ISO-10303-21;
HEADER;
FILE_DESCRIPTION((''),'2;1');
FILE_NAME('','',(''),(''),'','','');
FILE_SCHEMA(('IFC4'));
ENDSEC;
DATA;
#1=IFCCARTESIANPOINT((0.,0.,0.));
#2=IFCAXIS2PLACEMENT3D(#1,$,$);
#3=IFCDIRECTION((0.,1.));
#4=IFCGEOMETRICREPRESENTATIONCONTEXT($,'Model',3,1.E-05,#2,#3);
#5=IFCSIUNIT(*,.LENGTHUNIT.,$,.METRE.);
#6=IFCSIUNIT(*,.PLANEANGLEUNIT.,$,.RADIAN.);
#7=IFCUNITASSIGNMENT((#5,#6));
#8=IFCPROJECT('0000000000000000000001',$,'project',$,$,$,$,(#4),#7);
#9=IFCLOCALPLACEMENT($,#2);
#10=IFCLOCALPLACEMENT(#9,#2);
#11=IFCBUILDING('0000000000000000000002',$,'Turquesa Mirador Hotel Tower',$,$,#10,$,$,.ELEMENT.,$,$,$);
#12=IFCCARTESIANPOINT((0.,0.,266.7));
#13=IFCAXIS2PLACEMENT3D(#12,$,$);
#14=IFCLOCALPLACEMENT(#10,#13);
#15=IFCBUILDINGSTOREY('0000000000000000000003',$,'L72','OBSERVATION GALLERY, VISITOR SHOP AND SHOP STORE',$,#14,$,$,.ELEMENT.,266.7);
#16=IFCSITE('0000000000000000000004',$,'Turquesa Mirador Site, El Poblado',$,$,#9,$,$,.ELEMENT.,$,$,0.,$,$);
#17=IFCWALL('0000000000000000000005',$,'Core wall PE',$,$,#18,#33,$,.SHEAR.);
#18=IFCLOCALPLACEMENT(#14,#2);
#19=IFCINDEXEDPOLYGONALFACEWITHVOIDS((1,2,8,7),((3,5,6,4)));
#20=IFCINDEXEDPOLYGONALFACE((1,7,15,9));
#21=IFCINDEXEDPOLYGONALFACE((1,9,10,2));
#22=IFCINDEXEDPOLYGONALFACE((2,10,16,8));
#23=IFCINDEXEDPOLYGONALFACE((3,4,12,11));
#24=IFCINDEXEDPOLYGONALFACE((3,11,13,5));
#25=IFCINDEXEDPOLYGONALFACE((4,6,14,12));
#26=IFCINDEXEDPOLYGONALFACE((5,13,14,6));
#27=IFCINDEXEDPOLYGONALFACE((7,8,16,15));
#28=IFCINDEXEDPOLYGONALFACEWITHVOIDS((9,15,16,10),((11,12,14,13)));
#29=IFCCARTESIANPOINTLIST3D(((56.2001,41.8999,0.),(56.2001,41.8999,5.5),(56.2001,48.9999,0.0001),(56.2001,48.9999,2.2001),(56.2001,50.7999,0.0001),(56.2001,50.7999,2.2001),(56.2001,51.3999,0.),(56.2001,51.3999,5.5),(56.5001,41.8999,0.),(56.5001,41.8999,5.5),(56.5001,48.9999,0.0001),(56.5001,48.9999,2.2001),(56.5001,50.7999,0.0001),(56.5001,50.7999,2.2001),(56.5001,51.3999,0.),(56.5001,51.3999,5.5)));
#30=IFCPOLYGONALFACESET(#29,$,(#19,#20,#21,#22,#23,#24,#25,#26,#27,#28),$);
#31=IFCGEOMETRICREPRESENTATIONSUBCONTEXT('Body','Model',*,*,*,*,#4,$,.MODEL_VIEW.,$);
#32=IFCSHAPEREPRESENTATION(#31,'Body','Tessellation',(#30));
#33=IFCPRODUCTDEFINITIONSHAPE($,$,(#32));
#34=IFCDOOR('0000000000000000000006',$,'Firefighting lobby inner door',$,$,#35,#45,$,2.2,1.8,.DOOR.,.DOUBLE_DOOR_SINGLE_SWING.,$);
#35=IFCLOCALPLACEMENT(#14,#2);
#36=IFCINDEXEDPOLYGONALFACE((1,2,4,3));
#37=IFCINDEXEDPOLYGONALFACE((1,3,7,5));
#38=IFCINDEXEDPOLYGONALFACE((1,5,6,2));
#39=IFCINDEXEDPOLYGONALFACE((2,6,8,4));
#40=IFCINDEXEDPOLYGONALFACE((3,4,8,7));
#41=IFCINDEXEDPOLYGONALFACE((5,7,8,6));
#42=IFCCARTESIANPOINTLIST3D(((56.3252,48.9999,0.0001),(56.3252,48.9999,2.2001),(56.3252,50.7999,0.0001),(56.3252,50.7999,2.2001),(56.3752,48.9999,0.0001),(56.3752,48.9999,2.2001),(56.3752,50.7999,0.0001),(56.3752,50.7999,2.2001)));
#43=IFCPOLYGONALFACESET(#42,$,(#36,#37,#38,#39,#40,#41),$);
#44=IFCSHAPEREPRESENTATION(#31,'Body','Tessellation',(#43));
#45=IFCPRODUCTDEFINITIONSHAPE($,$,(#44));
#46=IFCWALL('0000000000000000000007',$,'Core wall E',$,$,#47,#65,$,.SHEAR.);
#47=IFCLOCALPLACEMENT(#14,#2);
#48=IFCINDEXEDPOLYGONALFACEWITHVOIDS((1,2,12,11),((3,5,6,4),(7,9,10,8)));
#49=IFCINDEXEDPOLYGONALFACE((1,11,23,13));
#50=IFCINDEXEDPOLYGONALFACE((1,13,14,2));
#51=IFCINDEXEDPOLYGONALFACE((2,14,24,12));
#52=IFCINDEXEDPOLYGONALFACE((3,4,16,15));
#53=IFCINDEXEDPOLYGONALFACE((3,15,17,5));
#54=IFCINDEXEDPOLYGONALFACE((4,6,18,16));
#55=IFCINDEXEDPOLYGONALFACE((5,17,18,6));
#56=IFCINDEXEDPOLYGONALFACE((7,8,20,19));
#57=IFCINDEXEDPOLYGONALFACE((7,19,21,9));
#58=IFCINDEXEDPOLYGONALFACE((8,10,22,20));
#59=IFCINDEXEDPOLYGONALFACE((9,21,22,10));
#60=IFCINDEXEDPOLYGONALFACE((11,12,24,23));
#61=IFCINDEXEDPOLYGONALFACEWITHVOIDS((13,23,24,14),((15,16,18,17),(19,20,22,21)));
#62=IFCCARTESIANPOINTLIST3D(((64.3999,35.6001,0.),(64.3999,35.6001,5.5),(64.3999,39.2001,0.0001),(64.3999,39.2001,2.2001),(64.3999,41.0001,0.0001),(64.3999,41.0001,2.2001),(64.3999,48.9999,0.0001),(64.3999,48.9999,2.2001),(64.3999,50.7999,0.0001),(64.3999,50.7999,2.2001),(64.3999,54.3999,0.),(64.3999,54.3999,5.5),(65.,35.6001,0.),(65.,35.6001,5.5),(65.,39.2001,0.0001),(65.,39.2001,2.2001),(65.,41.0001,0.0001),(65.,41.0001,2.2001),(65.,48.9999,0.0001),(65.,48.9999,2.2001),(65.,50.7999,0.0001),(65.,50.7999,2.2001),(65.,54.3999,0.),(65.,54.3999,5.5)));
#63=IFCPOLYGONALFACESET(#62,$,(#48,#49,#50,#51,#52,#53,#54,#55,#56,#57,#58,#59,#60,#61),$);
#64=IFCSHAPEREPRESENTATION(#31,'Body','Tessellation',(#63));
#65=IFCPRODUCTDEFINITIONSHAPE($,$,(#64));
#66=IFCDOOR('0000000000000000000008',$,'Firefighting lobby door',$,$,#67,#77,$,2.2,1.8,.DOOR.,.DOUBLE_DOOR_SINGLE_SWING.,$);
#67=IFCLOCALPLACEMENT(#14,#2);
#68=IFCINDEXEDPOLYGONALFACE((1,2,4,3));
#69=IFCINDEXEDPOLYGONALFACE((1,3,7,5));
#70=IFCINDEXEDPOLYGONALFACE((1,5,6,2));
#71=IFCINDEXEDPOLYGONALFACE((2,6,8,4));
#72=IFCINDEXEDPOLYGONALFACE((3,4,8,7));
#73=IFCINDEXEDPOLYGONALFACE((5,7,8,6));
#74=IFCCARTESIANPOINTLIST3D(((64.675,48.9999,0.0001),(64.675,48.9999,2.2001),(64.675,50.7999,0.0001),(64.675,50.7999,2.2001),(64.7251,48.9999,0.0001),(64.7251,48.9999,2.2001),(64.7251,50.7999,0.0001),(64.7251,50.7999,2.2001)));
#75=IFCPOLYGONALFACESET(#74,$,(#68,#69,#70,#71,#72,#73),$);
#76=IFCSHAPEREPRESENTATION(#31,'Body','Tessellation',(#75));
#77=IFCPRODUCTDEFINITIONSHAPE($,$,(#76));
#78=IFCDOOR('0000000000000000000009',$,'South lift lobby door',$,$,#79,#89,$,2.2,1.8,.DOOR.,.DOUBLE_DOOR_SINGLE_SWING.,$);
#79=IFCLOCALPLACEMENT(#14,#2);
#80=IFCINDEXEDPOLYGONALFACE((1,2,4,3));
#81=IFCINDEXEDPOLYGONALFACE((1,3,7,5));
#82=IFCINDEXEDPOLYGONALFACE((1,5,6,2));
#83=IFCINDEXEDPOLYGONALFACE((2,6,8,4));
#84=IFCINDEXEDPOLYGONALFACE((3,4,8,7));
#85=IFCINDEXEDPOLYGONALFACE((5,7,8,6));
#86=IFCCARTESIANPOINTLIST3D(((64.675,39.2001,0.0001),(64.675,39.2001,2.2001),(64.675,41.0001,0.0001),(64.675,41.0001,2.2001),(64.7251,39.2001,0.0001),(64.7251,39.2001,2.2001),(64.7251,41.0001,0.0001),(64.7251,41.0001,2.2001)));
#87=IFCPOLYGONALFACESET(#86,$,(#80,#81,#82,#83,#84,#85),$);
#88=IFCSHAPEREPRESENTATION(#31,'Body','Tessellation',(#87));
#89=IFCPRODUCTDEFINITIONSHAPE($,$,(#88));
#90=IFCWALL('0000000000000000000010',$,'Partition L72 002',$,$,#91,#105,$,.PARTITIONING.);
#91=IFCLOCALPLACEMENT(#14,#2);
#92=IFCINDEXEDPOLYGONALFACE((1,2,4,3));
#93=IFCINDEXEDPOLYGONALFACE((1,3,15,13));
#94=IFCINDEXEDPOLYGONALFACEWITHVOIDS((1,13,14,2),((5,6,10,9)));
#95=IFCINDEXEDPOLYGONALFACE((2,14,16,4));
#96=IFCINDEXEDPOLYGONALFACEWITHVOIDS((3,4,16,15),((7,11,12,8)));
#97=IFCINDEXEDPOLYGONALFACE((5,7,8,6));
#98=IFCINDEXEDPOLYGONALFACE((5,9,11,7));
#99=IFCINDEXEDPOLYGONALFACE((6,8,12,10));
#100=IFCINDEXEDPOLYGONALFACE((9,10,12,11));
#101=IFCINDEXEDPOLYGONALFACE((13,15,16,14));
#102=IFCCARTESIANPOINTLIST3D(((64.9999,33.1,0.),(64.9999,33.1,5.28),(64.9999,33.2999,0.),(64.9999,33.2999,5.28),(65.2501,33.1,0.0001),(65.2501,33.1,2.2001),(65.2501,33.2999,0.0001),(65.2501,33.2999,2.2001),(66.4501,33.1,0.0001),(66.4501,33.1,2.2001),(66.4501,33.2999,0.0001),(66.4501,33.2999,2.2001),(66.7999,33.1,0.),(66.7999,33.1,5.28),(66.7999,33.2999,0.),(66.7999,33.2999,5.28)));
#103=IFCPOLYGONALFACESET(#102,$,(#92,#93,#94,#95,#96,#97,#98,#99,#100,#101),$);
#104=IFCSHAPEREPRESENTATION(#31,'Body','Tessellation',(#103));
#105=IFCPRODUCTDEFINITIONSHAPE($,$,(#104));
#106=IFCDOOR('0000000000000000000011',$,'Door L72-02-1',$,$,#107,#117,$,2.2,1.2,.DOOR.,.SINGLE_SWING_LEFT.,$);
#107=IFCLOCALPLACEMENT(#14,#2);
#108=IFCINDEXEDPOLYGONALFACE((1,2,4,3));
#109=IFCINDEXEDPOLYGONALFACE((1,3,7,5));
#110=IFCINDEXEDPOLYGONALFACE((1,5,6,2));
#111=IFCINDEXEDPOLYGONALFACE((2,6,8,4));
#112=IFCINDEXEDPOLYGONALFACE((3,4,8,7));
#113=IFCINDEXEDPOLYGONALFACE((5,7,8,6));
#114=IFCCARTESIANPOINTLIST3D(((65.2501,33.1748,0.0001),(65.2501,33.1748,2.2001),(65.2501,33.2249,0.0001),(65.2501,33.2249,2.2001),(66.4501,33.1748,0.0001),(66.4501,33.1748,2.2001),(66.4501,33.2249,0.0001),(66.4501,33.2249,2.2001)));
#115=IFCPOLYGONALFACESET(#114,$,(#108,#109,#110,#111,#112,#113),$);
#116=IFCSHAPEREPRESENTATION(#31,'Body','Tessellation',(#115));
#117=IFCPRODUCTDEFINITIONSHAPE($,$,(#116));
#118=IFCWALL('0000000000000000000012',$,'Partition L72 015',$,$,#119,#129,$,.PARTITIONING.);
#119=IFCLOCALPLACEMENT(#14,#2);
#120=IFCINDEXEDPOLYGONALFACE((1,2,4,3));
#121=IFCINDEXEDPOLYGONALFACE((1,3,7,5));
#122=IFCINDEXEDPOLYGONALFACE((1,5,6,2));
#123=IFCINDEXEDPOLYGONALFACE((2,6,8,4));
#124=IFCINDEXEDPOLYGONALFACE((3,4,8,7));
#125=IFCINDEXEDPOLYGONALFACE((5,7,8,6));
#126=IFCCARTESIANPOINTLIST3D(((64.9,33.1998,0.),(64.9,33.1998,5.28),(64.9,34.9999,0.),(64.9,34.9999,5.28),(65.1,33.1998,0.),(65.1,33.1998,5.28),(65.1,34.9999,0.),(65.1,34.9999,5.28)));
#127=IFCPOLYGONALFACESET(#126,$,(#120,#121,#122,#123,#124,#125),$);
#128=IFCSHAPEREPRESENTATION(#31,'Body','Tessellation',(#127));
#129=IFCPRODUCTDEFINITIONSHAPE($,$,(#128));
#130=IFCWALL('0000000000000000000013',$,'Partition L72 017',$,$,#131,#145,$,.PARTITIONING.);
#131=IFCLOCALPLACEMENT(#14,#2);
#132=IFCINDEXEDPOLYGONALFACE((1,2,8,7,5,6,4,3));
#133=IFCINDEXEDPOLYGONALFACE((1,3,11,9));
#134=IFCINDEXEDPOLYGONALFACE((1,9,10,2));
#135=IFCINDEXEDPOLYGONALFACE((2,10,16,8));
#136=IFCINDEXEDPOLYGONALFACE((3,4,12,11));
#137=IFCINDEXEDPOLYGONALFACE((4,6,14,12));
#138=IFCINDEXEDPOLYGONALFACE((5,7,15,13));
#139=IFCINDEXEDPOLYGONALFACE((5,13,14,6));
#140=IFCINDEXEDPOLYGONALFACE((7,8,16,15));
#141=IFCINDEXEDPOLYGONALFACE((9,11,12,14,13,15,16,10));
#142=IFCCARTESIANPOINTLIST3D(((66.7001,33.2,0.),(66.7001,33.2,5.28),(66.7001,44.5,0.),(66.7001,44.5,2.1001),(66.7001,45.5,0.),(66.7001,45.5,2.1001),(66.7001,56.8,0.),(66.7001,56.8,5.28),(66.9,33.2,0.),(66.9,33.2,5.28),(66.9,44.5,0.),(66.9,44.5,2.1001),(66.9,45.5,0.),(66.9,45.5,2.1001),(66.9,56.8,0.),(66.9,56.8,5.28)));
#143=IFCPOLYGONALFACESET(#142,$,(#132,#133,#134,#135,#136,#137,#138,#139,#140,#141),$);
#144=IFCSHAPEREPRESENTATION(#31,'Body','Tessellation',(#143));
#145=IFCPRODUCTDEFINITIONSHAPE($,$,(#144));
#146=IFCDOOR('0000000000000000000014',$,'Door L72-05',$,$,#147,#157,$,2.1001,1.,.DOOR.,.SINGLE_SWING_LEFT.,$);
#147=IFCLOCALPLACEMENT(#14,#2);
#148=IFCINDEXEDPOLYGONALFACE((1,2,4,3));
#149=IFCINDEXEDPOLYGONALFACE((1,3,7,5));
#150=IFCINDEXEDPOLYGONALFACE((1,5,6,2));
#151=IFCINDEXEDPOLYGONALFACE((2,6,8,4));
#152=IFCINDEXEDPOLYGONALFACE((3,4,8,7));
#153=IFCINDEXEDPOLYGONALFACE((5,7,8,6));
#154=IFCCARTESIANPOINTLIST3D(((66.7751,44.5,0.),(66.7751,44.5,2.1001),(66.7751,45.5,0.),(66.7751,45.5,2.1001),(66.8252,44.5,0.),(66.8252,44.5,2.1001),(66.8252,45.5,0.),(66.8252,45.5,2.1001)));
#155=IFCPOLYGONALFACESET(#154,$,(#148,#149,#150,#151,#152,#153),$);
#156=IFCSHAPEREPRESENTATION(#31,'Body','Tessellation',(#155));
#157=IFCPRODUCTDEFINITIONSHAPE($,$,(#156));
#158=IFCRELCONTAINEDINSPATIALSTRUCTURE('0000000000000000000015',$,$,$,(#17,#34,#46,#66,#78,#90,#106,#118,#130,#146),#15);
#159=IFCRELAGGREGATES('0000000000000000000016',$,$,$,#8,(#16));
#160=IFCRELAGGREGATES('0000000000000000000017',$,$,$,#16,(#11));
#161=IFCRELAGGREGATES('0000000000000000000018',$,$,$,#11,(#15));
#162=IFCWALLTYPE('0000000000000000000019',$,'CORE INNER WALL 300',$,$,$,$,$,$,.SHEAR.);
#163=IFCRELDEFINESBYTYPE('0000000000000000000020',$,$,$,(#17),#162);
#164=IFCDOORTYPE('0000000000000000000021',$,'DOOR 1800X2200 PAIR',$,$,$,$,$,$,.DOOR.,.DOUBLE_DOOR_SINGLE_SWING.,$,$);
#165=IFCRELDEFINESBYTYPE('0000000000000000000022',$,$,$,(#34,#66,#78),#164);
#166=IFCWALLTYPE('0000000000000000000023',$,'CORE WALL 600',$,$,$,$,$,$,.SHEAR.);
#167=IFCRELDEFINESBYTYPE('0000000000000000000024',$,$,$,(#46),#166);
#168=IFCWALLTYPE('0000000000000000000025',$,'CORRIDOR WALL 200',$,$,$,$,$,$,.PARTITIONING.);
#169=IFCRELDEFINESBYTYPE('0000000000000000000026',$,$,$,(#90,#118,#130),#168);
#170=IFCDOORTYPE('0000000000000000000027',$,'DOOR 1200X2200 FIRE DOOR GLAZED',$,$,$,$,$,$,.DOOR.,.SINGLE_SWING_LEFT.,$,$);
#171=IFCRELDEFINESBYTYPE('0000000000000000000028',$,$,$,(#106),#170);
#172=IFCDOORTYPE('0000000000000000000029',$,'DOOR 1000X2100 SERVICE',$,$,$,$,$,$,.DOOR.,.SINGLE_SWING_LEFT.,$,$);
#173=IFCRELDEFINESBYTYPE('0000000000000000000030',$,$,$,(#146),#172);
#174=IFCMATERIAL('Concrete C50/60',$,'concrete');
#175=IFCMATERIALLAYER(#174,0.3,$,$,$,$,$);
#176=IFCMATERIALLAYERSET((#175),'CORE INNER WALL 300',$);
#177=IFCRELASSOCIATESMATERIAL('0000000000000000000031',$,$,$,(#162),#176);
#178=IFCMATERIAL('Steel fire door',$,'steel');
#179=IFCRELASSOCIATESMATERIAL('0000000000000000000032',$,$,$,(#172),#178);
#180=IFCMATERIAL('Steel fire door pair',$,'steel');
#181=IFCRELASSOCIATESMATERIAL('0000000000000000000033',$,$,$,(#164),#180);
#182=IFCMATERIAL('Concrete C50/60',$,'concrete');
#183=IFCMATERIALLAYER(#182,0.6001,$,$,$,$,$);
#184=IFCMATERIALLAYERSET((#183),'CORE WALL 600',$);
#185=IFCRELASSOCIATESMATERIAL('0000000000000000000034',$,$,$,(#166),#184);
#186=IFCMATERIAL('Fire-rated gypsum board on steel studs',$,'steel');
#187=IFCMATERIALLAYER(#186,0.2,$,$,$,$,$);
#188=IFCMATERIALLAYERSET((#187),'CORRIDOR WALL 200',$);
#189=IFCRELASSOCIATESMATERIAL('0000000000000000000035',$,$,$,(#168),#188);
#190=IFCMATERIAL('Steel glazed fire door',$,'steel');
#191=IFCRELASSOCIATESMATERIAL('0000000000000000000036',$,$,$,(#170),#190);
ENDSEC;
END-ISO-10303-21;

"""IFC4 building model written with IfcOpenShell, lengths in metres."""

from ifc_helpers import new_model, si_unit, direction, frame, frame_2d, origin, place, context, subcontext, project, spatial, rectangle, extrude, material, layer, layer_set, type_object, element, fill, save


model = new_model("IFC4")

# Units and contexts
model_context = context("Model", 3, precision=1e-05, world=origin(), true_north=direction((0.0, 1.0)))
body_context = subcontext(model_context, "Body", "Model", "MODEL_VIEW")
ifc_project = project(units=[si_unit("LENGTHUNIT", "METRE"), si_unit("PLANEANGLEUNIT", "RADIAN")], contexts=[model_context])

# Site, building, storey
site_placement = place(None, origin())
site = spatial("IfcSite", under=ifc_project, at=site_placement, Name="Turquesa Mirador Site, El Poblado", CompositionType="ELEMENT", RefElevation=0.0)
building_placement = place(site_placement, origin())
building = spatial("IfcBuilding", under=site, at=building_placement, Name="Turquesa Mirador Hotel Tower", CompositionType="ELEMENT")
storey_placement = place(building_placement, frame((0.0, 0.0, 266.7)))
storey = spatial("IfcBuildingStorey", under=building, at=storey_placement, Name="L72", Description="OBSERVATION GALLERY, VISITOR SHOP AND SHOP STORE", CompositionType="ELEMENT", Elevation=266.7)

# Wall, opening, door
ifc_material_1 = material(Name="Concrete C50/60", Category="concrete")
ifc_layer_1 = layer(ifc_material_1, 0.3)
ifc_layer_set_1 = layer_set([ifc_layer_1], Name="CORE INNER WALL 300")
wall_type_1 = type_object("IfcWallType", Name="CORE INNER WALL 300", PredefinedType="SHEAR", material=ifc_layer_set_1)
ifc_material_2 = material(Name="Steel fire door", Category="steel")
door_type_1 = type_object("IfcDoorType", Name="DOOR 1000X2100 SERVICE", OperationType="SINGLE_SWING_LEFT", PredefinedType="DOOR", material=ifc_material_2)
wall_1_placement = place(storey_placement, frame((56.3501, 41.8999, 0.0), z_axis=(0.0, 0.0, 1.0), x_axis=(0.0, 1.0, 0.0)))
wall_1 = element("IfcWall", 1, at=wall_1_placement, inside=storey, type_object=wall_type_1, Name="Core wall PE", PredefinedType="SHEAR", context=body_context, shape_type="SweptSolid", body=[
    extrude(rectangle(XDim=9.5, YDim=0.3, at=frame_2d((4.75, 0.0))), origin(), (0.0, 0.0, 1.0), 5.5),
])
opening_1_placement = place(wall_1_placement, frame((7.1001, 0.0, 0.0)))
opening_1 = element("IfcOpeningElement", 2, at=opening_1_placement, cuts=wall_1, PredefinedType="OPENING", context=body_context, shape_type="SweptSolid", body=[
    extrude(rectangle(XDim=1.8, YDim=2.2, at=frame_2d((0.8999, 1.1001))), frame((0.0, 0.1599, 0.0), z_axis=(0.0, -1.0, 0.0), x_axis=(1.0, 0.0, 0.0)), (0.0, 0.0, 1.0), 0.3201),
])
ifc_material_3 = material(Name="Steel fire door pair", Category="steel")
door_type_2 = type_object("IfcDoorType", Name="DOOR 1800X2200 PAIR", OperationType="DOUBLE_DOOR_SINGLE_SWING", PredefinedType="DOOR", material=ifc_material_3)
door_1_placement = place(opening_1_placement, origin())
door_1 = element("IfcDoor", 3, at=door_1_placement, inside=storey, type_object=door_type_2, Name="Firefighting lobby inner door", OperationType="DOUBLE_DOOR_SINGLE_SWING", OverallHeight=2.2, OverallWidth=1.8, PredefinedType="DOOR", context=body_context, shape_type="SweptSolid", body=[
    extrude(rectangle(XDim=1.8, YDim=2.2, at=frame_2d((0.8999, 1.1001))), frame((0.0, 0.0249, 0.0), z_axis=(0.0, -1.0, 0.0), x_axis=(1.0, 0.0, 0.0)), (0.0, 0.0, 1.0), 0.05),
])
fill(opening_1, door_1)

# Wall, openings, doors
ifc_material_4 = material(Name="Concrete C50/60", Category="concrete")
ifc_layer_2 = layer(ifc_material_4, 0.6001)
ifc_layer_set_2 = layer_set([ifc_layer_2], Name="CORE WALL 600")
wall_type_2 = type_object("IfcWallType", Name="CORE WALL 600", PredefinedType="SHEAR", material=ifc_layer_set_2)
wall_2_placement = place(storey_placement, frame((64.7, 35.6001, 0.0), z_axis=(0.0, 0.0, 1.0), x_axis=(0.0, 1.0, 0.0)))
wall_2 = element("IfcWall", 4, at=wall_2_placement, inside=storey, type_object=wall_type_2, Name="Core wall E", PredefinedType="SHEAR", context=body_context, shape_type="SweptSolid", body=[
    extrude(rectangle(XDim=18.7998, YDim=0.6001, at=frame_2d((9.3999, 0.0))), origin(), (0.0, 0.0, 1.0), 5.5),
])
opening_2_placement = place(wall_2_placement, frame((13.3999, 0.0, 0.0)))
opening_2 = element("IfcOpeningElement", 5, at=opening_2_placement, cuts=wall_2, PredefinedType="OPENING", context=body_context, shape_type="SweptSolid", body=[
    extrude(rectangle(XDim=1.8, YDim=2.2, at=frame_2d((0.8999, 1.1001))), frame((0.0, 0.3101, 0.0), z_axis=(0.0, -1.0, 0.0), x_axis=(1.0, 0.0, 0.0)), (0.0, 0.0, 1.0), 0.6201),
])
opening_3_placement = place(wall_2_placement, frame((3.6001, 0.0, 0.0)))
opening_3 = element("IfcOpeningElement", 6, at=opening_3_placement, cuts=wall_2, PredefinedType="OPENING", context=body_context, shape_type="SweptSolid", body=[
    extrude(rectangle(XDim=1.8, YDim=2.2, at=frame_2d((0.8999, 1.1001))), frame((0.0, 0.3101, 0.0), z_axis=(0.0, -1.0, 0.0), x_axis=(1.0, 0.0, 0.0)), (0.0, 0.0, 1.0), 0.6201),
])
door_2_placement = place(opening_2_placement, origin())
door_2 = element("IfcDoor", 7, at=door_2_placement, inside=storey, type_object=door_type_2, Name="Firefighting lobby door", OperationType="DOUBLE_DOOR_SINGLE_SWING", OverallHeight=2.2, OverallWidth=1.8, PredefinedType="DOOR", context=body_context, shape_type="SweptSolid", body=[
    extrude(rectangle(XDim=1.8, YDim=2.2, at=frame_2d((0.8999, 1.1001))), frame((0.0, 0.0249, 0.0), z_axis=(0.0, -1.0, 0.0), x_axis=(1.0, 0.0, 0.0)), (0.0, 0.0, 1.0), 0.05),
])
fill(opening_2, door_2)
door_3_placement = place(opening_3_placement, origin())
door_3 = element("IfcDoor", 8, at=door_3_placement, inside=storey, type_object=door_type_2, Name="South lift lobby door", OperationType="DOUBLE_DOOR_SINGLE_SWING", OverallHeight=2.2, OverallWidth=1.8, PredefinedType="DOOR", context=body_context, shape_type="SweptSolid", body=[
    extrude(rectangle(XDim=1.8, YDim=2.2, at=frame_2d((0.8999, 1.1001))), frame((0.0, 0.0249, 0.0), z_axis=(0.0, -1.0, 0.0), x_axis=(1.0, 0.0, 0.0)), (0.0, 0.0, 1.0), 0.05),
])
fill(opening_3, door_3)

# Wall, opening, door
ifc_material_5 = material(Name="Fire-rated gypsum board on steel studs", Category="steel")
ifc_layer_3 = layer(ifc_material_5, 0.2)
ifc_layer_set_3 = layer_set([ifc_layer_3], Name="CORRIDOR WALL 200")
wall_type_3 = type_object("IfcWallType", Name="CORRIDOR WALL 200", PredefinedType="PARTITIONING", material=ifc_layer_set_3)
wall_3_placement = place(storey_placement, frame((65.0, 33.2, 0.0), z_axis=(0.0, 0.0, 1.0), x_axis=(1.0, 0.0, 0.0)))
wall_3 = element("IfcWall", 9, at=wall_3_placement, inside=storey, type_object=wall_type_3, Name="Partition L72 002", PredefinedType="PARTITIONING", context=body_context, shape_type="SweptSolid", body=[
    extrude(rectangle(XDim=1.8, YDim=0.2, at=frame_2d((0.8999, 0.0))), origin(), (0.0, 0.0, 1.0), 5.28),
])
opening_4_placement = place(wall_3_placement, frame((0.25, 0.0, 0.0)))
opening_4 = element("IfcOpeningElement", 10, at=opening_4_placement, cuts=wall_3, PredefinedType="OPENING", context=body_context, shape_type="SweptSolid", body=[
    extrude(rectangle(XDim=1.2, YDim=2.2, at=frame_2d((0.6001, 1.1001))), frame((0.0, 0.1099, 0.0), z_axis=(0.0, -1.0, 0.0), x_axis=(1.0, 0.0, 0.0)), (0.0, 0.0, 1.0), 0.22),
])
ifc_material_6 = material(Name="Steel glazed fire door", Category="steel")
door_type_3 = type_object("IfcDoorType", Name="DOOR 1200X2200 FIRE DOOR GLAZED", OperationType="SINGLE_SWING_LEFT", PredefinedType="DOOR", material=ifc_material_6)
door_4_placement = place(opening_4_placement, origin())
door_4 = element("IfcDoor", 11, at=door_4_placement, inside=storey, type_object=door_type_3, Name="Door L72-02-1", OperationType="SINGLE_SWING_LEFT", OverallHeight=2.2, OverallWidth=1.2, PredefinedType="DOOR", context=body_context, shape_type="SweptSolid", body=[
    extrude(rectangle(XDim=1.2, YDim=2.2, at=frame_2d((0.6001, 1.1001))), frame((0.0, 0.0249, 0.0), z_axis=(0.0, -1.0, 0.0), x_axis=(1.0, 0.0, 0.0)), (0.0, 0.0, 1.0), 0.05),
])
fill(opening_4, door_4)

# Wall
wall_4_placement = place(storey_placement, frame((65.0, 33.2, 0.0), z_axis=(0.0, 0.0, 1.0), x_axis=(0.0, 1.0, 0.0)))
element("IfcWall", 12, at=wall_4_placement, inside=storey, type_object=wall_type_3, Name="Partition L72 015", PredefinedType="PARTITIONING", context=body_context, shape_type="SweptSolid", body=[
    extrude(rectangle(XDim=1.8, YDim=0.2, at=frame_2d((0.8999, 0.0))), origin(), (0.0, 0.0, 1.0), 5.28),
])

# Wall, opening, door
wall_5_placement = place(storey_placement, frame((66.8, 33.2, 0.0), z_axis=(0.0, 0.0, 1.0), x_axis=(0.0, 1.0, 0.0)))
wall_5 = element("IfcWall", 13, at=wall_5_placement, inside=storey, type_object=wall_type_3, Name="Partition L72 017", PredefinedType="PARTITIONING", context=body_context, shape_type="SweptSolid", body=[
    extrude(rectangle(XDim=23.6001, YDim=0.2, at=frame_2d((11.8, 0.0))), origin(), (0.0, 0.0, 1.0), 5.28),
])
opening_5_placement = place(wall_5_placement, frame((11.3, 0.0, 0.0)))
opening_5 = element("IfcOpeningElement", 14, at=opening_5_placement, cuts=wall_5, PredefinedType="OPENING", context=body_context, shape_type="SweptSolid", body=[
    extrude(rectangle(XDim=1.0, YDim=2.1001, at=frame_2d((0.5, 1.05))), frame((0.0, 0.1099, 0.0), z_axis=(0.0, -1.0, 0.0), x_axis=(1.0, 0.0, 0.0)), (0.0, 0.0, 1.0), 0.22),
])
door_5_placement = place(opening_5_placement, origin())
door_5 = element("IfcDoor", 15, at=door_5_placement, inside=storey, type_object=door_type_1, Name="Door L72-05", OperationType="SINGLE_SWING_LEFT", OverallHeight=2.1001, OverallWidth=1.0, PredefinedType="DOOR", context=body_context, shape_type="SweptSolid", body=[
    extrude(rectangle(XDim=1.0, YDim=2.1001, at=frame_2d((0.5, 1.05))), frame((0.0, 0.0249, 0.0), z_axis=(0.0, -1.0, 0.0), x_axis=(1.0, 0.0, 0.0)), (0.0, 0.0, 1.0), 0.05),
])
fill(opening_5, door_5)

save(model, "model.ifc")
